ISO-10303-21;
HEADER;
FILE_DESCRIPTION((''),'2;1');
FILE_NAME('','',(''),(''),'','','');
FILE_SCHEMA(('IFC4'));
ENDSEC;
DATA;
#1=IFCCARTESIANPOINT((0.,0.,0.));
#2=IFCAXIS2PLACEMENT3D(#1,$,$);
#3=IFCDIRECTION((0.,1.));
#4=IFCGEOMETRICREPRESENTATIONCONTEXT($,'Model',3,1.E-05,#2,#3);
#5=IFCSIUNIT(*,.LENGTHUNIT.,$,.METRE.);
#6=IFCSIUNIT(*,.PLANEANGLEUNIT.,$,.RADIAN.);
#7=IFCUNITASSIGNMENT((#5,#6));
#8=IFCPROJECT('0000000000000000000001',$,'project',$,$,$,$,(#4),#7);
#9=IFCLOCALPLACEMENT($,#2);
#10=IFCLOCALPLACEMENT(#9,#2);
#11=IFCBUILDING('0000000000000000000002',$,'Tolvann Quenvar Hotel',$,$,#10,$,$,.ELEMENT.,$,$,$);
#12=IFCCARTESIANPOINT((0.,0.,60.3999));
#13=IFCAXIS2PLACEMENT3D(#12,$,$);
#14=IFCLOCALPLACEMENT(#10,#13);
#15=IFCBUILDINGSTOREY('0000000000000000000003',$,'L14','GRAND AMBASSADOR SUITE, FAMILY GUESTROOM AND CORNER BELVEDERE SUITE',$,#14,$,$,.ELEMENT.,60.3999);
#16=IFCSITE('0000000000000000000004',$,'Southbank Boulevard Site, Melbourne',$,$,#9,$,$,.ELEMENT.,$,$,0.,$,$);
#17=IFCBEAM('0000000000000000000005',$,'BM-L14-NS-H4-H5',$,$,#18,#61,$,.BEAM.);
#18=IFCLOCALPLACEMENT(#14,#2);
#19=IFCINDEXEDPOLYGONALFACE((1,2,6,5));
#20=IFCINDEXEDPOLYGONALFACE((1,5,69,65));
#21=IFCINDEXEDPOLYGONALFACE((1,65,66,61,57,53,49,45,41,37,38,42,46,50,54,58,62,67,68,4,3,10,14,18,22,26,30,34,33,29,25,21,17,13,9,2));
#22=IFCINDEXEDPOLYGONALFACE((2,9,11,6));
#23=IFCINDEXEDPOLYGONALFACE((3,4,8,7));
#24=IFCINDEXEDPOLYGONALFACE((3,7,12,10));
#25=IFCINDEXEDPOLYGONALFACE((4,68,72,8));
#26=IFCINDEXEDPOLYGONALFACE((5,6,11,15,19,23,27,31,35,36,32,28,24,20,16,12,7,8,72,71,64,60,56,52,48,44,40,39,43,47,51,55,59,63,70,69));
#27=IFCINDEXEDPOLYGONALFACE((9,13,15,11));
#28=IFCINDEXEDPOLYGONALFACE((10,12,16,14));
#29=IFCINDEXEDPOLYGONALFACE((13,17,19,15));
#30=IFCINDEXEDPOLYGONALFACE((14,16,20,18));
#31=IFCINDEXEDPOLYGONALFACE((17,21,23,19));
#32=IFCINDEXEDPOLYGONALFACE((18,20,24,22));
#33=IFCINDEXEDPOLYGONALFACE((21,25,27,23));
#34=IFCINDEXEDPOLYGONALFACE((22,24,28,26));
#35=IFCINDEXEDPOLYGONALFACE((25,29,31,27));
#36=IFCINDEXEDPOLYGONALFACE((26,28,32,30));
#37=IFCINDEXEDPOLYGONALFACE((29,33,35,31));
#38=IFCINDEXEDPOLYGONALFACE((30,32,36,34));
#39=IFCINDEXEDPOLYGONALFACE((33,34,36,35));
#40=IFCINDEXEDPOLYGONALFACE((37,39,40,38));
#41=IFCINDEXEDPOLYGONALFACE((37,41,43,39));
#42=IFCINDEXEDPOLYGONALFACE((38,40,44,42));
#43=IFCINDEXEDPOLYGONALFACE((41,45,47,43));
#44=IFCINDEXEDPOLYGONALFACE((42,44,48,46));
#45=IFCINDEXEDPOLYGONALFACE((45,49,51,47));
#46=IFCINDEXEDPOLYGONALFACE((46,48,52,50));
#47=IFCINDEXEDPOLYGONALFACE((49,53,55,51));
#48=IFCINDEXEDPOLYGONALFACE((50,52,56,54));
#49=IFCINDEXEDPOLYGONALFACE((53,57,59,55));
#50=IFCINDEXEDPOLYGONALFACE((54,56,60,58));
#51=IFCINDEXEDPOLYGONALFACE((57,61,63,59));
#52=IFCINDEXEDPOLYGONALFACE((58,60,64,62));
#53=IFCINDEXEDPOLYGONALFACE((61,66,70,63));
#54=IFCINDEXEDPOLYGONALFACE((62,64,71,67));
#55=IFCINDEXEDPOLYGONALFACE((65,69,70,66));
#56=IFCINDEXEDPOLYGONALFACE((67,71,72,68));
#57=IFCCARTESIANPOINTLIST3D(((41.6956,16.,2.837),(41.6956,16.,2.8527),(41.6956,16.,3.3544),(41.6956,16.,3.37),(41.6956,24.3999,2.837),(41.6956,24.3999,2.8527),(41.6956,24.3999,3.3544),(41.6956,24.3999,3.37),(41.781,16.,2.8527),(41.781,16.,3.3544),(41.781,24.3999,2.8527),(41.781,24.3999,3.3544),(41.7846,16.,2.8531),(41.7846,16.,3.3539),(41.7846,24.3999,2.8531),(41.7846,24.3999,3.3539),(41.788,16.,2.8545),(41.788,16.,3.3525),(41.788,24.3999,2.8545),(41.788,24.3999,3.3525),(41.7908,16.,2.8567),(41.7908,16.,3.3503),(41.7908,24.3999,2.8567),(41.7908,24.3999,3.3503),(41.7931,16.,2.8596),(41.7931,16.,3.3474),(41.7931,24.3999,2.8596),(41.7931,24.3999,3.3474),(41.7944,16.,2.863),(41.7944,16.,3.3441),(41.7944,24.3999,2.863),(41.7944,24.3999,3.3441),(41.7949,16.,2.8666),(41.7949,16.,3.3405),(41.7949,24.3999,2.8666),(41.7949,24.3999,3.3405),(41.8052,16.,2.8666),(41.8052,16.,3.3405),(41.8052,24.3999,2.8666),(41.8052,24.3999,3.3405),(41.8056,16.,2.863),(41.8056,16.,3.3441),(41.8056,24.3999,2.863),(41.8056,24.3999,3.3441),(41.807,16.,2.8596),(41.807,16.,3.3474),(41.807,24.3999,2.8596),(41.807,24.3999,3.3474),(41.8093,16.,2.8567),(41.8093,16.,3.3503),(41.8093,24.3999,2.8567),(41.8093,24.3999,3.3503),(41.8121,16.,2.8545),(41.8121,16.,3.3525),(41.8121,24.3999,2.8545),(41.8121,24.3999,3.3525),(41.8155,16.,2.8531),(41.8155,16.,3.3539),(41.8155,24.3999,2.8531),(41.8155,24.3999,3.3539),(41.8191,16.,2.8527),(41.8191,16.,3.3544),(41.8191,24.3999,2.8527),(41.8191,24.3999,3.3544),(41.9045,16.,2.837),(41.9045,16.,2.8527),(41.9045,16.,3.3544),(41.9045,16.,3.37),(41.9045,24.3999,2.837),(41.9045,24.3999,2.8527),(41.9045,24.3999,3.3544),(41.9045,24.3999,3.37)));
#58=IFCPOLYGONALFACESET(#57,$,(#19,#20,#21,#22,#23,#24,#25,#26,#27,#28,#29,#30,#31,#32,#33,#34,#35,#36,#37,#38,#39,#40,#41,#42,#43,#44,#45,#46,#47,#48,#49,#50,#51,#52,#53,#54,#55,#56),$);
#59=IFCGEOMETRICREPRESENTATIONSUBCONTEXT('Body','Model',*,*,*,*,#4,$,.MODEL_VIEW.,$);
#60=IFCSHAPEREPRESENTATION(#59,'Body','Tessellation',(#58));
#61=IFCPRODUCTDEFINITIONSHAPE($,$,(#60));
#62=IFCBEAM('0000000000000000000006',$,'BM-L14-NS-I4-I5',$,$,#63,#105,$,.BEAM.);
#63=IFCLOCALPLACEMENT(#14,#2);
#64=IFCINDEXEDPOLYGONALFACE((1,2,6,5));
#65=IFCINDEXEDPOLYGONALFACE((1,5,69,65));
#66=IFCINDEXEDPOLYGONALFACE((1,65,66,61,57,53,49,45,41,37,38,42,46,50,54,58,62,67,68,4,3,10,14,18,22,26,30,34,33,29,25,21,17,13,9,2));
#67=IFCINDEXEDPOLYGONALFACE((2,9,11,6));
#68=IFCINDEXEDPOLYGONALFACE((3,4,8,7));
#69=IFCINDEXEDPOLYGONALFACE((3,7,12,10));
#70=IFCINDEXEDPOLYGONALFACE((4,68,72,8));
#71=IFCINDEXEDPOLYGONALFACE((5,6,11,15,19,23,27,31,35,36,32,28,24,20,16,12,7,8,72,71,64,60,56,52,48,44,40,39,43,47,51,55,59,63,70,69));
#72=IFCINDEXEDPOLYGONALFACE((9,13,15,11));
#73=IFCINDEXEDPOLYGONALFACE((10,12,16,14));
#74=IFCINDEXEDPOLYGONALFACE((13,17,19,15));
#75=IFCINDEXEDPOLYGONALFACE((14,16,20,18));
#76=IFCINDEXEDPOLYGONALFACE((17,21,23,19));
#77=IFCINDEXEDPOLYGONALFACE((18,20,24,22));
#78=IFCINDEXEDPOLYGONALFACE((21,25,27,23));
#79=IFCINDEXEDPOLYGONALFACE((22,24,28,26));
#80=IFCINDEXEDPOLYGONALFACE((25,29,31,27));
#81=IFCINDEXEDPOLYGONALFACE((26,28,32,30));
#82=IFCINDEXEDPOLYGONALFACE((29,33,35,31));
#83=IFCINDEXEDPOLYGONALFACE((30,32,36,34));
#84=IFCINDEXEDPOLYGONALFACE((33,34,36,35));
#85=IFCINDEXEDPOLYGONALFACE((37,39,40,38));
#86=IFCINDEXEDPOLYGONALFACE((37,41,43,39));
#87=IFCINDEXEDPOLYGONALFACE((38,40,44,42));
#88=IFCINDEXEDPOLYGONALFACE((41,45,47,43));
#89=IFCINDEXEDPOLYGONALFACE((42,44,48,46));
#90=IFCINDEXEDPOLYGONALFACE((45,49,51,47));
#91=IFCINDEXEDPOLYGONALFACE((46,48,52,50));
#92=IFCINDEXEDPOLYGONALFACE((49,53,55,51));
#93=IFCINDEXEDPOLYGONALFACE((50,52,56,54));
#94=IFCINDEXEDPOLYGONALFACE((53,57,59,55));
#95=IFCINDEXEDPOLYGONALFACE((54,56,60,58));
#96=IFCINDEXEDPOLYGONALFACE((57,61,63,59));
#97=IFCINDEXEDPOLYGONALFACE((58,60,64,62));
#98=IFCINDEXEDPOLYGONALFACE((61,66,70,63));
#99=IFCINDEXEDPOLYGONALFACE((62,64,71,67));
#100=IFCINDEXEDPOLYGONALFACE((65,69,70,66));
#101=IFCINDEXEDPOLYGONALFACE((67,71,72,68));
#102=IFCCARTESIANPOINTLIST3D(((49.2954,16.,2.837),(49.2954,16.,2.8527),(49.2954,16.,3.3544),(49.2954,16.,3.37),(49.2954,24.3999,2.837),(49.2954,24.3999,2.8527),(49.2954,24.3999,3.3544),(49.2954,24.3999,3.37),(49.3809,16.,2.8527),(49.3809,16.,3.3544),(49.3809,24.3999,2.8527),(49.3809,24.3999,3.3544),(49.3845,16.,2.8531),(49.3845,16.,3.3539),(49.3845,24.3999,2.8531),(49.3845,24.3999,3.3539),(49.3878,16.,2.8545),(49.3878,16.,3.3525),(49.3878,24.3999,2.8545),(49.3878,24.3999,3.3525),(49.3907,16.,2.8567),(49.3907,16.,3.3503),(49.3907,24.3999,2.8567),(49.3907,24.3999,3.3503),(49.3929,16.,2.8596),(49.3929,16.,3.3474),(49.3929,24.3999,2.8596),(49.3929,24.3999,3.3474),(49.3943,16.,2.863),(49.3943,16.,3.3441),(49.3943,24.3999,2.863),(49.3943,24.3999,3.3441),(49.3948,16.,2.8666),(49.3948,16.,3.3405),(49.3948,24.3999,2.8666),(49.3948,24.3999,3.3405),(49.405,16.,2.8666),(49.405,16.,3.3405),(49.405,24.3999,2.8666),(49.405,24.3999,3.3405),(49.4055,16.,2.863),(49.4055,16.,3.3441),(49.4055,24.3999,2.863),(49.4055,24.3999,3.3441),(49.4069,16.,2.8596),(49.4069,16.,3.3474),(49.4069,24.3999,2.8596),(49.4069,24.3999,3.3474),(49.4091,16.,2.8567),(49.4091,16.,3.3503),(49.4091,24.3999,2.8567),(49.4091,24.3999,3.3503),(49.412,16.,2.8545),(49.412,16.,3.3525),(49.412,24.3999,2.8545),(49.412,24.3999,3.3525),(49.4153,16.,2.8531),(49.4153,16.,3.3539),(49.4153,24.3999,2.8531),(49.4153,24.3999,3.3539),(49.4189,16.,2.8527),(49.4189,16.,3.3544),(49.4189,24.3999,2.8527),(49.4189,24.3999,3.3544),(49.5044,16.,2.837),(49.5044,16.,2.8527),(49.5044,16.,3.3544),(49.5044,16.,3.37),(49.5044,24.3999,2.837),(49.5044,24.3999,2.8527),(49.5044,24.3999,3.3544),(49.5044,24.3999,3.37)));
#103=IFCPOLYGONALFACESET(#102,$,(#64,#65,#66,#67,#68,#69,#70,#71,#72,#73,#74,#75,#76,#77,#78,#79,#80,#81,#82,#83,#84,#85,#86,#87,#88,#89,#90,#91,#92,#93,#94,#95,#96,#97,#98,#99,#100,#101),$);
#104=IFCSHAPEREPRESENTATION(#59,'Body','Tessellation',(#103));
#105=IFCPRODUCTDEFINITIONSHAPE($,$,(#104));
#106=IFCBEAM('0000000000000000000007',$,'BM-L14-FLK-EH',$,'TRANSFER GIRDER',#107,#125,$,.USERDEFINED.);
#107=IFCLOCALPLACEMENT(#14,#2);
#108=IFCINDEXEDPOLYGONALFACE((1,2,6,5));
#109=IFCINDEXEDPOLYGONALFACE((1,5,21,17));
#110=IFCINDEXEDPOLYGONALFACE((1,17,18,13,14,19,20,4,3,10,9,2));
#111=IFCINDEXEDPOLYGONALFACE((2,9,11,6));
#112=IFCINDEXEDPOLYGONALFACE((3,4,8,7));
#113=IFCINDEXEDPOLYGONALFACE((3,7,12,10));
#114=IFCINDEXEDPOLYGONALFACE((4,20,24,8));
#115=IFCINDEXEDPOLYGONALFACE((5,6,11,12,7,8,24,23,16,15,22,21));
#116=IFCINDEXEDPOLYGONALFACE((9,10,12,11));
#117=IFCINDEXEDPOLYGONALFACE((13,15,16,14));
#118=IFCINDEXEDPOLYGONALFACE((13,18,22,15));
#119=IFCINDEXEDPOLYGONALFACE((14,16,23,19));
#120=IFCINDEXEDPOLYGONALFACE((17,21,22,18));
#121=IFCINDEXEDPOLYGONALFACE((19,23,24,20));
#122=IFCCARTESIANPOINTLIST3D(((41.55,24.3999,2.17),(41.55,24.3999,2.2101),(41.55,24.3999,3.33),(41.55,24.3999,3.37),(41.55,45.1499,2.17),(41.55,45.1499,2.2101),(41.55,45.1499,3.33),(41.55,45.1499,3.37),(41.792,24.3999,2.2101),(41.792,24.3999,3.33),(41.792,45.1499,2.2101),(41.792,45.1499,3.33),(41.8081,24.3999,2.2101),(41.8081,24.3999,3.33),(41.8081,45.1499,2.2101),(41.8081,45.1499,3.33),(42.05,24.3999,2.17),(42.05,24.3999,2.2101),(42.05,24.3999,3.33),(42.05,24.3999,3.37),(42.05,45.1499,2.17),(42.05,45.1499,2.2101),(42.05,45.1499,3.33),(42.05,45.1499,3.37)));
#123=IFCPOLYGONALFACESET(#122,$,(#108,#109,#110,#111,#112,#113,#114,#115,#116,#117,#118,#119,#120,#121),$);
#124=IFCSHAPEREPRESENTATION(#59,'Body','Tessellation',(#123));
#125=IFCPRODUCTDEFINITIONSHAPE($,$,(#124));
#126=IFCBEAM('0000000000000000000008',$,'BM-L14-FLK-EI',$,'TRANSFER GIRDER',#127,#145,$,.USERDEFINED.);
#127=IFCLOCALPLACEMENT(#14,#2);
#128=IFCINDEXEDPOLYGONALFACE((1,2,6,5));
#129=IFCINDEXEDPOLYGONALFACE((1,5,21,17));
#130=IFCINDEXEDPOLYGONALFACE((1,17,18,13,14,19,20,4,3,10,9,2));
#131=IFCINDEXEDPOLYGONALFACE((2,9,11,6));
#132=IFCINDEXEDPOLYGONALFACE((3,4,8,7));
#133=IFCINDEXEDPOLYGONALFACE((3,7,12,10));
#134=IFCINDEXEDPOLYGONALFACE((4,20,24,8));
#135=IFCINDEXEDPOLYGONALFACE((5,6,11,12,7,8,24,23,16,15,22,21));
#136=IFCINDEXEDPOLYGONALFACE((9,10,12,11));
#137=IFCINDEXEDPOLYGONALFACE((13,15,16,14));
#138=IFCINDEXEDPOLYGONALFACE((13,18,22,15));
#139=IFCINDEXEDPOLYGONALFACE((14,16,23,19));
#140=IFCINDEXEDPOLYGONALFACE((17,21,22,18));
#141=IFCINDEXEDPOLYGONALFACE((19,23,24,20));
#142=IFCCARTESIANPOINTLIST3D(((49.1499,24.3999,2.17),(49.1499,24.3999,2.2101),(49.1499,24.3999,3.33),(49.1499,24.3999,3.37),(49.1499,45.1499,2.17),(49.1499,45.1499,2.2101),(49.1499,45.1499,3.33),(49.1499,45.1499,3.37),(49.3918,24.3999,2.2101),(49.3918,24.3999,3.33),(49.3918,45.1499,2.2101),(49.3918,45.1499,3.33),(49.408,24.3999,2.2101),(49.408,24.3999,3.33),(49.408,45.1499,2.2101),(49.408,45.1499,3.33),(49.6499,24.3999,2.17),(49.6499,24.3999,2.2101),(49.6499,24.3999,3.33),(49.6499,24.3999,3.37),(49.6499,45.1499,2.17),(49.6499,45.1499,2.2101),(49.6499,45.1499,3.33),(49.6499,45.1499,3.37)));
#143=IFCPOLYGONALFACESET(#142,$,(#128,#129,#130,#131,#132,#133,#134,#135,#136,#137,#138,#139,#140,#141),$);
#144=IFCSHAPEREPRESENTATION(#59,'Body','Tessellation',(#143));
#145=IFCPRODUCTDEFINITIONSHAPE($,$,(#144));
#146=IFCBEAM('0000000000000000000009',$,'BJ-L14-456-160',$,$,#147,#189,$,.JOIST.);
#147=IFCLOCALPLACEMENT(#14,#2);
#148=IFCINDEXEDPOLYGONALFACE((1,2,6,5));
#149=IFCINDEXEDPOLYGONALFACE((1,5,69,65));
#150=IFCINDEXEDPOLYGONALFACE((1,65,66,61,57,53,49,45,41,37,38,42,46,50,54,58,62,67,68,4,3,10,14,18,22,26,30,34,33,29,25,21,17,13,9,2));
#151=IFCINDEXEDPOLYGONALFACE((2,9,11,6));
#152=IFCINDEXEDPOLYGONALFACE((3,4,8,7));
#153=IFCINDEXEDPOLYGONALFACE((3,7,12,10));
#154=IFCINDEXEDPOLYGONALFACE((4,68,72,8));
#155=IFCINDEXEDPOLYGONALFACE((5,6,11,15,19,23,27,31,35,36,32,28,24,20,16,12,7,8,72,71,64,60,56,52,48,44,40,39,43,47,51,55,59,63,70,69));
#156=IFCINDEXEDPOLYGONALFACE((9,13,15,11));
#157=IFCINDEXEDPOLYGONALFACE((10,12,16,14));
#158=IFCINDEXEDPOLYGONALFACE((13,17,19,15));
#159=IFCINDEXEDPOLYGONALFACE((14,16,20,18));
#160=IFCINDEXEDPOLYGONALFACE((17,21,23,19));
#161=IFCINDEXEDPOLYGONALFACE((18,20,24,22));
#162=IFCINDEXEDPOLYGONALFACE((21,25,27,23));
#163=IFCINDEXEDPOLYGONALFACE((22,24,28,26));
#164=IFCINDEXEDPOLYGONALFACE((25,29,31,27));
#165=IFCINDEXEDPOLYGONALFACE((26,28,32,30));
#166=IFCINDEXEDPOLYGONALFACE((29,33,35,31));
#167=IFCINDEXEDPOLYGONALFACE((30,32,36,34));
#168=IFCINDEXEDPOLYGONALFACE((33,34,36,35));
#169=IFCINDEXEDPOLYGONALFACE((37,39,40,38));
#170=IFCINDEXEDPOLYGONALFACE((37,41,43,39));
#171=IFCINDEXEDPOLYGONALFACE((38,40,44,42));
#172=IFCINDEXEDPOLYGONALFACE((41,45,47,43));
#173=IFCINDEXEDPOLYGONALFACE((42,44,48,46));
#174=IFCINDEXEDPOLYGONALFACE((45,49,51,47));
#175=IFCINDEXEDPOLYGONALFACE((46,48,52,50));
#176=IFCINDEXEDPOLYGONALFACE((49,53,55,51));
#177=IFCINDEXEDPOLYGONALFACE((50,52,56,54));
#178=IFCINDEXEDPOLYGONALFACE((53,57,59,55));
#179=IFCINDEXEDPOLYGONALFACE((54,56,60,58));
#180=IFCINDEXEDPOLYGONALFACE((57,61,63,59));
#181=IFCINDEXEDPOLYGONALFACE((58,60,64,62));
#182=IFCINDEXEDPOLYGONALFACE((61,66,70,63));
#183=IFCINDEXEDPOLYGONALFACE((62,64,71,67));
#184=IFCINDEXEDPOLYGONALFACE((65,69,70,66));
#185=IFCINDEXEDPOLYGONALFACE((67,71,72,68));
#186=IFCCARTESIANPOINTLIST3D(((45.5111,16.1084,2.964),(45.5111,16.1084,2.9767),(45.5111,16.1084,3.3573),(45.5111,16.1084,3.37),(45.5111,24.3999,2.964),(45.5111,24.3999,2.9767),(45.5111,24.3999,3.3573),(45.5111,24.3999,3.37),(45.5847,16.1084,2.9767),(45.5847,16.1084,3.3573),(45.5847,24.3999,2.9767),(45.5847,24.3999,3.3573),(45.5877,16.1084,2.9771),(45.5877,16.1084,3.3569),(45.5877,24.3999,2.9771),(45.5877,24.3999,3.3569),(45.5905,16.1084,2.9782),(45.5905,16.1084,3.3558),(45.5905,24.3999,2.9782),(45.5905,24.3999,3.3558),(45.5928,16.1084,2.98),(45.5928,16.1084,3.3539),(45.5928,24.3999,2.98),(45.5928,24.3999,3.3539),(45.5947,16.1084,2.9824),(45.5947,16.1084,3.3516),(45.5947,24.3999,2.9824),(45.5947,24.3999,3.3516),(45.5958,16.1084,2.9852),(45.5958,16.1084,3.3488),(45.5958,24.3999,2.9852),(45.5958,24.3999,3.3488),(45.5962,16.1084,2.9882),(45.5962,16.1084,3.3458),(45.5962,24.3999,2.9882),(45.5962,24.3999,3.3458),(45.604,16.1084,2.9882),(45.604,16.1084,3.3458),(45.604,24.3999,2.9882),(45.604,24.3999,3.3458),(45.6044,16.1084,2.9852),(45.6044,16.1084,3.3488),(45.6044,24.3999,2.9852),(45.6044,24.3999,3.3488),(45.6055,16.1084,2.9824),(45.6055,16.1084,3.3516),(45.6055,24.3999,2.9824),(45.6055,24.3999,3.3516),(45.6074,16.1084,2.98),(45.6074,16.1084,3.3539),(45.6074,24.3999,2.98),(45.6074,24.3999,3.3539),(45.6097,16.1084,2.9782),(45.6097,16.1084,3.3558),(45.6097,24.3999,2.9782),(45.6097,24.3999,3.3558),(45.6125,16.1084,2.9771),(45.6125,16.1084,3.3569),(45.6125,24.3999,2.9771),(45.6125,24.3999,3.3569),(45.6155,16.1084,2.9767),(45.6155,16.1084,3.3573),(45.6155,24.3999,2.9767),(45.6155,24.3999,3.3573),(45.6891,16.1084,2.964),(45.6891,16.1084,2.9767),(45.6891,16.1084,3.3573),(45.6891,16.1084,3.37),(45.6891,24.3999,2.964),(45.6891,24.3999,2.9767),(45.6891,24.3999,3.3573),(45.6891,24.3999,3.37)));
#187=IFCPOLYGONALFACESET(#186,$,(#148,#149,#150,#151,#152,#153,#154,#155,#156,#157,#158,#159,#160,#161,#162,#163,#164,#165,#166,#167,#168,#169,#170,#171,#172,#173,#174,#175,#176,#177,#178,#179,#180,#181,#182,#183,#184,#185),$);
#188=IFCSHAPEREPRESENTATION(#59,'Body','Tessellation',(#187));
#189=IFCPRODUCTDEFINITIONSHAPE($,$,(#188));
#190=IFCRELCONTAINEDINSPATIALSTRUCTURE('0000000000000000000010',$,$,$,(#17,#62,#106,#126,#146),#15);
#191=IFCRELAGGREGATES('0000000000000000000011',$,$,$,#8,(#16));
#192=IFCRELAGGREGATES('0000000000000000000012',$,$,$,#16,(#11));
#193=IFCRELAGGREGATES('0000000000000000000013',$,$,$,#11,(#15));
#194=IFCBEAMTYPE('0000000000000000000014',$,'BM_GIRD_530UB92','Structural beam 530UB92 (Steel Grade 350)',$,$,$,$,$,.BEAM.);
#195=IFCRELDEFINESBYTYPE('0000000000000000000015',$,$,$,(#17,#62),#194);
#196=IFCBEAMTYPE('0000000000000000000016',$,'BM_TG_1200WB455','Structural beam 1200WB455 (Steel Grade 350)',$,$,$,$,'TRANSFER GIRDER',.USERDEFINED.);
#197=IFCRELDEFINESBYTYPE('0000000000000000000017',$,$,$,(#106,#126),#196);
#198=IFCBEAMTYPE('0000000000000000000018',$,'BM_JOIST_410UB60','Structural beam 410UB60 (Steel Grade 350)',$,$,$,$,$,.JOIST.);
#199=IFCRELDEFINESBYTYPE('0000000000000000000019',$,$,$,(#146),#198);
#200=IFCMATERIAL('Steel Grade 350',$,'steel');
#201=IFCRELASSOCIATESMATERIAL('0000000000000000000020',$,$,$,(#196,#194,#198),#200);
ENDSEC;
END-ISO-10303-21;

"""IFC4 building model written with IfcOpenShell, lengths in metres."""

from ifc_helpers import new_model, si_unit, direction, frame, origin, origin_2d, place, context, subcontext, project, spatial, i_section, extrude, source, transform, mapped, material, material_profile, profile_set, type_object, type_shapes, element, save


model = new_model("IFC4")

# Units and contexts
model_context = context("Model", 3, precision=1e-05, world=origin(), true_north=direction((0.0, 1.0)))
body_context = subcontext(model_context, "Body", "Model", "MODEL_VIEW")
ifc_project = project(units=[si_unit("LENGTHUNIT", "METRE"), si_unit("PLANEANGLEUNIT", "RADIAN")], contexts=[model_context])

# Site, building, storey
site_placement = place(None, origin())
site = spatial("IfcSite", under=ifc_project, at=site_placement, Name="Southbank Boulevard Site, Melbourne", CompositionType="ELEMENT", RefElevation=0.0)
building_placement = place(site_placement, origin())
building = spatial("IfcBuilding", under=site, at=building_placement, Name="Tolvann Quenvar Hotel", CompositionType="ELEMENT")
storey_placement = place(building_placement, frame((0.0, 0.0, 60.3999)))
storey = spatial("IfcBuildingStorey", under=building, at=storey_placement, Name="L14", Description="GRAND AMBASSADOR SUITE, FAMILY GUESTROOM AND CORNER BELVEDERE SUITE", CompositionType="ELEMENT", Elevation=60.3999)

# Shared definitions
ifc_material_1 = material(Name="Steel Grade 350", Category="steel")

# Beams
ifc_material_profile_1 = material_profile(ifc_material_1, i_section(OverallWidth=0.5, OverallDepth=1.2, WebThickness=0.0161, FlangeThickness=0.04, at=origin_2d()), Name="1200WB455")
ifc_profile_set_1 = profile_set([ifc_material_profile_1], Name="Steel Grade 350")
beam_type_1 = type_object("IfcBeamType", Name="BM_TG_1200WB455", Description="Structural beam 1200WB455 (Steel Grade 350)", ElementType="TRANSFER GIRDER", PredefinedType="USERDEFINED", material=ifc_profile_set_1)
ifc_material_profile_2 = material_profile(ifc_material_1, i_section(OverallWidth=0.209, OverallDepth=0.533, WebThickness=0.0103, FlangeThickness=0.0156, FilletRadius=0.0139, at=origin_2d()), Name="530UB92")
ifc_profile_set_2 = profile_set([ifc_material_profile_2], Name="Steel Grade 350")
beam_type_2 = type_object("IfcBeamType", Name="BM_GIRD_530UB92", Description="Structural beam 530UB92 (Steel Grade 350)", PredefinedType="BEAM", material=ifc_profile_set_2)
shared_shape_1 = source(origin(), body_context, "Body", "SweptSolid", [
    extrude(i_section(OverallWidth=0.209, OverallDepth=0.533, WebThickness=0.0103, FlangeThickness=0.0156, FilletRadius=0.0139, at=origin_2d()), origin(), (0.0, 0.0, 1.0), 8.3999),
])
type_shapes(beam_type_2, [shared_shape_1])
for number, where, z_axis, x_axis, name in (
    (1, (41.8, 16.0, 3.1035), (0.0, 1.0, 0.0), (-1.0, 0.0, 0.0), "BM-L14-NS-H4-H5"),
    (2, (49.3999, 16.0, 3.1035), (0.0, 1.0, 0.0), (-1.0, 0.0, 0.0), "BM-L14-NS-I4-I5"),
):
    element("IfcBeam", number, at=place(storey_placement, frame(where, z_axis=z_axis, x_axis=x_axis)), inside=storey, type_object=beam_type_2, Name=name, PredefinedType="BEAM", context=body_context, shape_type="MappedRepresentation", body=[
        mapped(shared_shape_1, transform((0.0, 0.0, 0.0), x_axis=(1.0, 0.0, 0.0), y_axis=(0.0, 1.0, 0.0), z_axis=(0.0, 0.0, 1.0), scale=1.0)),
    ])
shared_shape_2 = source(origin(), body_context, "Body", "SweptSolid", [
    extrude(i_section(OverallWidth=0.5, OverallDepth=1.2, WebThickness=0.0161, FlangeThickness=0.04, at=origin_2d()), origin(), (0.0, 0.0, 1.0), 20.75),
])
for number, where, z_axis, x_axis, name in (
    (3, (41.8, 24.3999, 2.77), (0.0, 1.0, 0.0), (-1.0, 0.0, 0.0), "BM-L14-FLK-EH"),
    (4, (49.3999, 24.3999, 2.77), (0.0, 1.0, 0.0), (-1.0, 0.0, 0.0), "BM-L14-FLK-EI"),
):
    element("IfcBeam", number, at=place(storey_placement, frame(where, z_axis=z_axis, x_axis=x_axis)), inside=storey, type_object=beam_type_1, Name=name, ObjectType="TRANSFER GIRDER", PredefinedType="USERDEFINED", context=body_context, shape_type="MappedRepresentation", body=[
        mapped(shared_shape_2, transform((0.0, 0.0, 0.0), x_axis=(1.0, 0.0, 0.0), y_axis=(0.0, 1.0, 0.0), z_axis=(0.0, 0.0, 1.0), scale=1.0)),
    ])
ifc_material_profile_3 = material_profile(ifc_material_1, i_section(OverallWidth=0.178, OverallDepth=0.406, WebThickness=0.0078, FlangeThickness=0.0127, FilletRadius=0.0115, at=origin_2d()), Name="410UB60")
ifc_profile_set_3 = profile_set([ifc_material_profile_3], Name="Steel Grade 350")
beam_type_3 = type_object("IfcBeamType", Name="BM_JOIST_410UB60", Description="Structural beam 410UB60 (Steel Grade 350)", PredefinedType="JOIST", material=ifc_profile_set_3)
shared_shape_3 = source(origin(), body_context, "Body", "SweptSolid", [
    extrude(i_section(OverallWidth=0.178, OverallDepth=0.406, WebThickness=0.0078, FlangeThickness=0.0127, FilletRadius=0.0115, at=origin_2d()), origin(), (0.0, 0.0, 1.0), 8.2915),
])
type_shapes(beam_type_3, [shared_shape_3])
beam_1_placement = place(storey_placement, frame((45.6001, 16.1084, 3.167), z_axis=(0.0, 1.0, 0.0), x_axis=(-1.0, 0.0, 0.0)))
element("IfcBeam", 5, at=beam_1_placement, inside=storey, type_object=beam_type_3, Name="BJ-L14-456-160", PredefinedType="JOIST", context=body_context, shape_type="MappedRepresentation", body=[
    mapped(shared_shape_3, transform((0.0, 0.0, 0.0), x_axis=(1.0, 0.0, 0.0), y_axis=(0.0, 1.0, 0.0), z_axis=(0.0, 0.0, 1.0), scale=1.0)),
])

save(model, "model.ifc")
